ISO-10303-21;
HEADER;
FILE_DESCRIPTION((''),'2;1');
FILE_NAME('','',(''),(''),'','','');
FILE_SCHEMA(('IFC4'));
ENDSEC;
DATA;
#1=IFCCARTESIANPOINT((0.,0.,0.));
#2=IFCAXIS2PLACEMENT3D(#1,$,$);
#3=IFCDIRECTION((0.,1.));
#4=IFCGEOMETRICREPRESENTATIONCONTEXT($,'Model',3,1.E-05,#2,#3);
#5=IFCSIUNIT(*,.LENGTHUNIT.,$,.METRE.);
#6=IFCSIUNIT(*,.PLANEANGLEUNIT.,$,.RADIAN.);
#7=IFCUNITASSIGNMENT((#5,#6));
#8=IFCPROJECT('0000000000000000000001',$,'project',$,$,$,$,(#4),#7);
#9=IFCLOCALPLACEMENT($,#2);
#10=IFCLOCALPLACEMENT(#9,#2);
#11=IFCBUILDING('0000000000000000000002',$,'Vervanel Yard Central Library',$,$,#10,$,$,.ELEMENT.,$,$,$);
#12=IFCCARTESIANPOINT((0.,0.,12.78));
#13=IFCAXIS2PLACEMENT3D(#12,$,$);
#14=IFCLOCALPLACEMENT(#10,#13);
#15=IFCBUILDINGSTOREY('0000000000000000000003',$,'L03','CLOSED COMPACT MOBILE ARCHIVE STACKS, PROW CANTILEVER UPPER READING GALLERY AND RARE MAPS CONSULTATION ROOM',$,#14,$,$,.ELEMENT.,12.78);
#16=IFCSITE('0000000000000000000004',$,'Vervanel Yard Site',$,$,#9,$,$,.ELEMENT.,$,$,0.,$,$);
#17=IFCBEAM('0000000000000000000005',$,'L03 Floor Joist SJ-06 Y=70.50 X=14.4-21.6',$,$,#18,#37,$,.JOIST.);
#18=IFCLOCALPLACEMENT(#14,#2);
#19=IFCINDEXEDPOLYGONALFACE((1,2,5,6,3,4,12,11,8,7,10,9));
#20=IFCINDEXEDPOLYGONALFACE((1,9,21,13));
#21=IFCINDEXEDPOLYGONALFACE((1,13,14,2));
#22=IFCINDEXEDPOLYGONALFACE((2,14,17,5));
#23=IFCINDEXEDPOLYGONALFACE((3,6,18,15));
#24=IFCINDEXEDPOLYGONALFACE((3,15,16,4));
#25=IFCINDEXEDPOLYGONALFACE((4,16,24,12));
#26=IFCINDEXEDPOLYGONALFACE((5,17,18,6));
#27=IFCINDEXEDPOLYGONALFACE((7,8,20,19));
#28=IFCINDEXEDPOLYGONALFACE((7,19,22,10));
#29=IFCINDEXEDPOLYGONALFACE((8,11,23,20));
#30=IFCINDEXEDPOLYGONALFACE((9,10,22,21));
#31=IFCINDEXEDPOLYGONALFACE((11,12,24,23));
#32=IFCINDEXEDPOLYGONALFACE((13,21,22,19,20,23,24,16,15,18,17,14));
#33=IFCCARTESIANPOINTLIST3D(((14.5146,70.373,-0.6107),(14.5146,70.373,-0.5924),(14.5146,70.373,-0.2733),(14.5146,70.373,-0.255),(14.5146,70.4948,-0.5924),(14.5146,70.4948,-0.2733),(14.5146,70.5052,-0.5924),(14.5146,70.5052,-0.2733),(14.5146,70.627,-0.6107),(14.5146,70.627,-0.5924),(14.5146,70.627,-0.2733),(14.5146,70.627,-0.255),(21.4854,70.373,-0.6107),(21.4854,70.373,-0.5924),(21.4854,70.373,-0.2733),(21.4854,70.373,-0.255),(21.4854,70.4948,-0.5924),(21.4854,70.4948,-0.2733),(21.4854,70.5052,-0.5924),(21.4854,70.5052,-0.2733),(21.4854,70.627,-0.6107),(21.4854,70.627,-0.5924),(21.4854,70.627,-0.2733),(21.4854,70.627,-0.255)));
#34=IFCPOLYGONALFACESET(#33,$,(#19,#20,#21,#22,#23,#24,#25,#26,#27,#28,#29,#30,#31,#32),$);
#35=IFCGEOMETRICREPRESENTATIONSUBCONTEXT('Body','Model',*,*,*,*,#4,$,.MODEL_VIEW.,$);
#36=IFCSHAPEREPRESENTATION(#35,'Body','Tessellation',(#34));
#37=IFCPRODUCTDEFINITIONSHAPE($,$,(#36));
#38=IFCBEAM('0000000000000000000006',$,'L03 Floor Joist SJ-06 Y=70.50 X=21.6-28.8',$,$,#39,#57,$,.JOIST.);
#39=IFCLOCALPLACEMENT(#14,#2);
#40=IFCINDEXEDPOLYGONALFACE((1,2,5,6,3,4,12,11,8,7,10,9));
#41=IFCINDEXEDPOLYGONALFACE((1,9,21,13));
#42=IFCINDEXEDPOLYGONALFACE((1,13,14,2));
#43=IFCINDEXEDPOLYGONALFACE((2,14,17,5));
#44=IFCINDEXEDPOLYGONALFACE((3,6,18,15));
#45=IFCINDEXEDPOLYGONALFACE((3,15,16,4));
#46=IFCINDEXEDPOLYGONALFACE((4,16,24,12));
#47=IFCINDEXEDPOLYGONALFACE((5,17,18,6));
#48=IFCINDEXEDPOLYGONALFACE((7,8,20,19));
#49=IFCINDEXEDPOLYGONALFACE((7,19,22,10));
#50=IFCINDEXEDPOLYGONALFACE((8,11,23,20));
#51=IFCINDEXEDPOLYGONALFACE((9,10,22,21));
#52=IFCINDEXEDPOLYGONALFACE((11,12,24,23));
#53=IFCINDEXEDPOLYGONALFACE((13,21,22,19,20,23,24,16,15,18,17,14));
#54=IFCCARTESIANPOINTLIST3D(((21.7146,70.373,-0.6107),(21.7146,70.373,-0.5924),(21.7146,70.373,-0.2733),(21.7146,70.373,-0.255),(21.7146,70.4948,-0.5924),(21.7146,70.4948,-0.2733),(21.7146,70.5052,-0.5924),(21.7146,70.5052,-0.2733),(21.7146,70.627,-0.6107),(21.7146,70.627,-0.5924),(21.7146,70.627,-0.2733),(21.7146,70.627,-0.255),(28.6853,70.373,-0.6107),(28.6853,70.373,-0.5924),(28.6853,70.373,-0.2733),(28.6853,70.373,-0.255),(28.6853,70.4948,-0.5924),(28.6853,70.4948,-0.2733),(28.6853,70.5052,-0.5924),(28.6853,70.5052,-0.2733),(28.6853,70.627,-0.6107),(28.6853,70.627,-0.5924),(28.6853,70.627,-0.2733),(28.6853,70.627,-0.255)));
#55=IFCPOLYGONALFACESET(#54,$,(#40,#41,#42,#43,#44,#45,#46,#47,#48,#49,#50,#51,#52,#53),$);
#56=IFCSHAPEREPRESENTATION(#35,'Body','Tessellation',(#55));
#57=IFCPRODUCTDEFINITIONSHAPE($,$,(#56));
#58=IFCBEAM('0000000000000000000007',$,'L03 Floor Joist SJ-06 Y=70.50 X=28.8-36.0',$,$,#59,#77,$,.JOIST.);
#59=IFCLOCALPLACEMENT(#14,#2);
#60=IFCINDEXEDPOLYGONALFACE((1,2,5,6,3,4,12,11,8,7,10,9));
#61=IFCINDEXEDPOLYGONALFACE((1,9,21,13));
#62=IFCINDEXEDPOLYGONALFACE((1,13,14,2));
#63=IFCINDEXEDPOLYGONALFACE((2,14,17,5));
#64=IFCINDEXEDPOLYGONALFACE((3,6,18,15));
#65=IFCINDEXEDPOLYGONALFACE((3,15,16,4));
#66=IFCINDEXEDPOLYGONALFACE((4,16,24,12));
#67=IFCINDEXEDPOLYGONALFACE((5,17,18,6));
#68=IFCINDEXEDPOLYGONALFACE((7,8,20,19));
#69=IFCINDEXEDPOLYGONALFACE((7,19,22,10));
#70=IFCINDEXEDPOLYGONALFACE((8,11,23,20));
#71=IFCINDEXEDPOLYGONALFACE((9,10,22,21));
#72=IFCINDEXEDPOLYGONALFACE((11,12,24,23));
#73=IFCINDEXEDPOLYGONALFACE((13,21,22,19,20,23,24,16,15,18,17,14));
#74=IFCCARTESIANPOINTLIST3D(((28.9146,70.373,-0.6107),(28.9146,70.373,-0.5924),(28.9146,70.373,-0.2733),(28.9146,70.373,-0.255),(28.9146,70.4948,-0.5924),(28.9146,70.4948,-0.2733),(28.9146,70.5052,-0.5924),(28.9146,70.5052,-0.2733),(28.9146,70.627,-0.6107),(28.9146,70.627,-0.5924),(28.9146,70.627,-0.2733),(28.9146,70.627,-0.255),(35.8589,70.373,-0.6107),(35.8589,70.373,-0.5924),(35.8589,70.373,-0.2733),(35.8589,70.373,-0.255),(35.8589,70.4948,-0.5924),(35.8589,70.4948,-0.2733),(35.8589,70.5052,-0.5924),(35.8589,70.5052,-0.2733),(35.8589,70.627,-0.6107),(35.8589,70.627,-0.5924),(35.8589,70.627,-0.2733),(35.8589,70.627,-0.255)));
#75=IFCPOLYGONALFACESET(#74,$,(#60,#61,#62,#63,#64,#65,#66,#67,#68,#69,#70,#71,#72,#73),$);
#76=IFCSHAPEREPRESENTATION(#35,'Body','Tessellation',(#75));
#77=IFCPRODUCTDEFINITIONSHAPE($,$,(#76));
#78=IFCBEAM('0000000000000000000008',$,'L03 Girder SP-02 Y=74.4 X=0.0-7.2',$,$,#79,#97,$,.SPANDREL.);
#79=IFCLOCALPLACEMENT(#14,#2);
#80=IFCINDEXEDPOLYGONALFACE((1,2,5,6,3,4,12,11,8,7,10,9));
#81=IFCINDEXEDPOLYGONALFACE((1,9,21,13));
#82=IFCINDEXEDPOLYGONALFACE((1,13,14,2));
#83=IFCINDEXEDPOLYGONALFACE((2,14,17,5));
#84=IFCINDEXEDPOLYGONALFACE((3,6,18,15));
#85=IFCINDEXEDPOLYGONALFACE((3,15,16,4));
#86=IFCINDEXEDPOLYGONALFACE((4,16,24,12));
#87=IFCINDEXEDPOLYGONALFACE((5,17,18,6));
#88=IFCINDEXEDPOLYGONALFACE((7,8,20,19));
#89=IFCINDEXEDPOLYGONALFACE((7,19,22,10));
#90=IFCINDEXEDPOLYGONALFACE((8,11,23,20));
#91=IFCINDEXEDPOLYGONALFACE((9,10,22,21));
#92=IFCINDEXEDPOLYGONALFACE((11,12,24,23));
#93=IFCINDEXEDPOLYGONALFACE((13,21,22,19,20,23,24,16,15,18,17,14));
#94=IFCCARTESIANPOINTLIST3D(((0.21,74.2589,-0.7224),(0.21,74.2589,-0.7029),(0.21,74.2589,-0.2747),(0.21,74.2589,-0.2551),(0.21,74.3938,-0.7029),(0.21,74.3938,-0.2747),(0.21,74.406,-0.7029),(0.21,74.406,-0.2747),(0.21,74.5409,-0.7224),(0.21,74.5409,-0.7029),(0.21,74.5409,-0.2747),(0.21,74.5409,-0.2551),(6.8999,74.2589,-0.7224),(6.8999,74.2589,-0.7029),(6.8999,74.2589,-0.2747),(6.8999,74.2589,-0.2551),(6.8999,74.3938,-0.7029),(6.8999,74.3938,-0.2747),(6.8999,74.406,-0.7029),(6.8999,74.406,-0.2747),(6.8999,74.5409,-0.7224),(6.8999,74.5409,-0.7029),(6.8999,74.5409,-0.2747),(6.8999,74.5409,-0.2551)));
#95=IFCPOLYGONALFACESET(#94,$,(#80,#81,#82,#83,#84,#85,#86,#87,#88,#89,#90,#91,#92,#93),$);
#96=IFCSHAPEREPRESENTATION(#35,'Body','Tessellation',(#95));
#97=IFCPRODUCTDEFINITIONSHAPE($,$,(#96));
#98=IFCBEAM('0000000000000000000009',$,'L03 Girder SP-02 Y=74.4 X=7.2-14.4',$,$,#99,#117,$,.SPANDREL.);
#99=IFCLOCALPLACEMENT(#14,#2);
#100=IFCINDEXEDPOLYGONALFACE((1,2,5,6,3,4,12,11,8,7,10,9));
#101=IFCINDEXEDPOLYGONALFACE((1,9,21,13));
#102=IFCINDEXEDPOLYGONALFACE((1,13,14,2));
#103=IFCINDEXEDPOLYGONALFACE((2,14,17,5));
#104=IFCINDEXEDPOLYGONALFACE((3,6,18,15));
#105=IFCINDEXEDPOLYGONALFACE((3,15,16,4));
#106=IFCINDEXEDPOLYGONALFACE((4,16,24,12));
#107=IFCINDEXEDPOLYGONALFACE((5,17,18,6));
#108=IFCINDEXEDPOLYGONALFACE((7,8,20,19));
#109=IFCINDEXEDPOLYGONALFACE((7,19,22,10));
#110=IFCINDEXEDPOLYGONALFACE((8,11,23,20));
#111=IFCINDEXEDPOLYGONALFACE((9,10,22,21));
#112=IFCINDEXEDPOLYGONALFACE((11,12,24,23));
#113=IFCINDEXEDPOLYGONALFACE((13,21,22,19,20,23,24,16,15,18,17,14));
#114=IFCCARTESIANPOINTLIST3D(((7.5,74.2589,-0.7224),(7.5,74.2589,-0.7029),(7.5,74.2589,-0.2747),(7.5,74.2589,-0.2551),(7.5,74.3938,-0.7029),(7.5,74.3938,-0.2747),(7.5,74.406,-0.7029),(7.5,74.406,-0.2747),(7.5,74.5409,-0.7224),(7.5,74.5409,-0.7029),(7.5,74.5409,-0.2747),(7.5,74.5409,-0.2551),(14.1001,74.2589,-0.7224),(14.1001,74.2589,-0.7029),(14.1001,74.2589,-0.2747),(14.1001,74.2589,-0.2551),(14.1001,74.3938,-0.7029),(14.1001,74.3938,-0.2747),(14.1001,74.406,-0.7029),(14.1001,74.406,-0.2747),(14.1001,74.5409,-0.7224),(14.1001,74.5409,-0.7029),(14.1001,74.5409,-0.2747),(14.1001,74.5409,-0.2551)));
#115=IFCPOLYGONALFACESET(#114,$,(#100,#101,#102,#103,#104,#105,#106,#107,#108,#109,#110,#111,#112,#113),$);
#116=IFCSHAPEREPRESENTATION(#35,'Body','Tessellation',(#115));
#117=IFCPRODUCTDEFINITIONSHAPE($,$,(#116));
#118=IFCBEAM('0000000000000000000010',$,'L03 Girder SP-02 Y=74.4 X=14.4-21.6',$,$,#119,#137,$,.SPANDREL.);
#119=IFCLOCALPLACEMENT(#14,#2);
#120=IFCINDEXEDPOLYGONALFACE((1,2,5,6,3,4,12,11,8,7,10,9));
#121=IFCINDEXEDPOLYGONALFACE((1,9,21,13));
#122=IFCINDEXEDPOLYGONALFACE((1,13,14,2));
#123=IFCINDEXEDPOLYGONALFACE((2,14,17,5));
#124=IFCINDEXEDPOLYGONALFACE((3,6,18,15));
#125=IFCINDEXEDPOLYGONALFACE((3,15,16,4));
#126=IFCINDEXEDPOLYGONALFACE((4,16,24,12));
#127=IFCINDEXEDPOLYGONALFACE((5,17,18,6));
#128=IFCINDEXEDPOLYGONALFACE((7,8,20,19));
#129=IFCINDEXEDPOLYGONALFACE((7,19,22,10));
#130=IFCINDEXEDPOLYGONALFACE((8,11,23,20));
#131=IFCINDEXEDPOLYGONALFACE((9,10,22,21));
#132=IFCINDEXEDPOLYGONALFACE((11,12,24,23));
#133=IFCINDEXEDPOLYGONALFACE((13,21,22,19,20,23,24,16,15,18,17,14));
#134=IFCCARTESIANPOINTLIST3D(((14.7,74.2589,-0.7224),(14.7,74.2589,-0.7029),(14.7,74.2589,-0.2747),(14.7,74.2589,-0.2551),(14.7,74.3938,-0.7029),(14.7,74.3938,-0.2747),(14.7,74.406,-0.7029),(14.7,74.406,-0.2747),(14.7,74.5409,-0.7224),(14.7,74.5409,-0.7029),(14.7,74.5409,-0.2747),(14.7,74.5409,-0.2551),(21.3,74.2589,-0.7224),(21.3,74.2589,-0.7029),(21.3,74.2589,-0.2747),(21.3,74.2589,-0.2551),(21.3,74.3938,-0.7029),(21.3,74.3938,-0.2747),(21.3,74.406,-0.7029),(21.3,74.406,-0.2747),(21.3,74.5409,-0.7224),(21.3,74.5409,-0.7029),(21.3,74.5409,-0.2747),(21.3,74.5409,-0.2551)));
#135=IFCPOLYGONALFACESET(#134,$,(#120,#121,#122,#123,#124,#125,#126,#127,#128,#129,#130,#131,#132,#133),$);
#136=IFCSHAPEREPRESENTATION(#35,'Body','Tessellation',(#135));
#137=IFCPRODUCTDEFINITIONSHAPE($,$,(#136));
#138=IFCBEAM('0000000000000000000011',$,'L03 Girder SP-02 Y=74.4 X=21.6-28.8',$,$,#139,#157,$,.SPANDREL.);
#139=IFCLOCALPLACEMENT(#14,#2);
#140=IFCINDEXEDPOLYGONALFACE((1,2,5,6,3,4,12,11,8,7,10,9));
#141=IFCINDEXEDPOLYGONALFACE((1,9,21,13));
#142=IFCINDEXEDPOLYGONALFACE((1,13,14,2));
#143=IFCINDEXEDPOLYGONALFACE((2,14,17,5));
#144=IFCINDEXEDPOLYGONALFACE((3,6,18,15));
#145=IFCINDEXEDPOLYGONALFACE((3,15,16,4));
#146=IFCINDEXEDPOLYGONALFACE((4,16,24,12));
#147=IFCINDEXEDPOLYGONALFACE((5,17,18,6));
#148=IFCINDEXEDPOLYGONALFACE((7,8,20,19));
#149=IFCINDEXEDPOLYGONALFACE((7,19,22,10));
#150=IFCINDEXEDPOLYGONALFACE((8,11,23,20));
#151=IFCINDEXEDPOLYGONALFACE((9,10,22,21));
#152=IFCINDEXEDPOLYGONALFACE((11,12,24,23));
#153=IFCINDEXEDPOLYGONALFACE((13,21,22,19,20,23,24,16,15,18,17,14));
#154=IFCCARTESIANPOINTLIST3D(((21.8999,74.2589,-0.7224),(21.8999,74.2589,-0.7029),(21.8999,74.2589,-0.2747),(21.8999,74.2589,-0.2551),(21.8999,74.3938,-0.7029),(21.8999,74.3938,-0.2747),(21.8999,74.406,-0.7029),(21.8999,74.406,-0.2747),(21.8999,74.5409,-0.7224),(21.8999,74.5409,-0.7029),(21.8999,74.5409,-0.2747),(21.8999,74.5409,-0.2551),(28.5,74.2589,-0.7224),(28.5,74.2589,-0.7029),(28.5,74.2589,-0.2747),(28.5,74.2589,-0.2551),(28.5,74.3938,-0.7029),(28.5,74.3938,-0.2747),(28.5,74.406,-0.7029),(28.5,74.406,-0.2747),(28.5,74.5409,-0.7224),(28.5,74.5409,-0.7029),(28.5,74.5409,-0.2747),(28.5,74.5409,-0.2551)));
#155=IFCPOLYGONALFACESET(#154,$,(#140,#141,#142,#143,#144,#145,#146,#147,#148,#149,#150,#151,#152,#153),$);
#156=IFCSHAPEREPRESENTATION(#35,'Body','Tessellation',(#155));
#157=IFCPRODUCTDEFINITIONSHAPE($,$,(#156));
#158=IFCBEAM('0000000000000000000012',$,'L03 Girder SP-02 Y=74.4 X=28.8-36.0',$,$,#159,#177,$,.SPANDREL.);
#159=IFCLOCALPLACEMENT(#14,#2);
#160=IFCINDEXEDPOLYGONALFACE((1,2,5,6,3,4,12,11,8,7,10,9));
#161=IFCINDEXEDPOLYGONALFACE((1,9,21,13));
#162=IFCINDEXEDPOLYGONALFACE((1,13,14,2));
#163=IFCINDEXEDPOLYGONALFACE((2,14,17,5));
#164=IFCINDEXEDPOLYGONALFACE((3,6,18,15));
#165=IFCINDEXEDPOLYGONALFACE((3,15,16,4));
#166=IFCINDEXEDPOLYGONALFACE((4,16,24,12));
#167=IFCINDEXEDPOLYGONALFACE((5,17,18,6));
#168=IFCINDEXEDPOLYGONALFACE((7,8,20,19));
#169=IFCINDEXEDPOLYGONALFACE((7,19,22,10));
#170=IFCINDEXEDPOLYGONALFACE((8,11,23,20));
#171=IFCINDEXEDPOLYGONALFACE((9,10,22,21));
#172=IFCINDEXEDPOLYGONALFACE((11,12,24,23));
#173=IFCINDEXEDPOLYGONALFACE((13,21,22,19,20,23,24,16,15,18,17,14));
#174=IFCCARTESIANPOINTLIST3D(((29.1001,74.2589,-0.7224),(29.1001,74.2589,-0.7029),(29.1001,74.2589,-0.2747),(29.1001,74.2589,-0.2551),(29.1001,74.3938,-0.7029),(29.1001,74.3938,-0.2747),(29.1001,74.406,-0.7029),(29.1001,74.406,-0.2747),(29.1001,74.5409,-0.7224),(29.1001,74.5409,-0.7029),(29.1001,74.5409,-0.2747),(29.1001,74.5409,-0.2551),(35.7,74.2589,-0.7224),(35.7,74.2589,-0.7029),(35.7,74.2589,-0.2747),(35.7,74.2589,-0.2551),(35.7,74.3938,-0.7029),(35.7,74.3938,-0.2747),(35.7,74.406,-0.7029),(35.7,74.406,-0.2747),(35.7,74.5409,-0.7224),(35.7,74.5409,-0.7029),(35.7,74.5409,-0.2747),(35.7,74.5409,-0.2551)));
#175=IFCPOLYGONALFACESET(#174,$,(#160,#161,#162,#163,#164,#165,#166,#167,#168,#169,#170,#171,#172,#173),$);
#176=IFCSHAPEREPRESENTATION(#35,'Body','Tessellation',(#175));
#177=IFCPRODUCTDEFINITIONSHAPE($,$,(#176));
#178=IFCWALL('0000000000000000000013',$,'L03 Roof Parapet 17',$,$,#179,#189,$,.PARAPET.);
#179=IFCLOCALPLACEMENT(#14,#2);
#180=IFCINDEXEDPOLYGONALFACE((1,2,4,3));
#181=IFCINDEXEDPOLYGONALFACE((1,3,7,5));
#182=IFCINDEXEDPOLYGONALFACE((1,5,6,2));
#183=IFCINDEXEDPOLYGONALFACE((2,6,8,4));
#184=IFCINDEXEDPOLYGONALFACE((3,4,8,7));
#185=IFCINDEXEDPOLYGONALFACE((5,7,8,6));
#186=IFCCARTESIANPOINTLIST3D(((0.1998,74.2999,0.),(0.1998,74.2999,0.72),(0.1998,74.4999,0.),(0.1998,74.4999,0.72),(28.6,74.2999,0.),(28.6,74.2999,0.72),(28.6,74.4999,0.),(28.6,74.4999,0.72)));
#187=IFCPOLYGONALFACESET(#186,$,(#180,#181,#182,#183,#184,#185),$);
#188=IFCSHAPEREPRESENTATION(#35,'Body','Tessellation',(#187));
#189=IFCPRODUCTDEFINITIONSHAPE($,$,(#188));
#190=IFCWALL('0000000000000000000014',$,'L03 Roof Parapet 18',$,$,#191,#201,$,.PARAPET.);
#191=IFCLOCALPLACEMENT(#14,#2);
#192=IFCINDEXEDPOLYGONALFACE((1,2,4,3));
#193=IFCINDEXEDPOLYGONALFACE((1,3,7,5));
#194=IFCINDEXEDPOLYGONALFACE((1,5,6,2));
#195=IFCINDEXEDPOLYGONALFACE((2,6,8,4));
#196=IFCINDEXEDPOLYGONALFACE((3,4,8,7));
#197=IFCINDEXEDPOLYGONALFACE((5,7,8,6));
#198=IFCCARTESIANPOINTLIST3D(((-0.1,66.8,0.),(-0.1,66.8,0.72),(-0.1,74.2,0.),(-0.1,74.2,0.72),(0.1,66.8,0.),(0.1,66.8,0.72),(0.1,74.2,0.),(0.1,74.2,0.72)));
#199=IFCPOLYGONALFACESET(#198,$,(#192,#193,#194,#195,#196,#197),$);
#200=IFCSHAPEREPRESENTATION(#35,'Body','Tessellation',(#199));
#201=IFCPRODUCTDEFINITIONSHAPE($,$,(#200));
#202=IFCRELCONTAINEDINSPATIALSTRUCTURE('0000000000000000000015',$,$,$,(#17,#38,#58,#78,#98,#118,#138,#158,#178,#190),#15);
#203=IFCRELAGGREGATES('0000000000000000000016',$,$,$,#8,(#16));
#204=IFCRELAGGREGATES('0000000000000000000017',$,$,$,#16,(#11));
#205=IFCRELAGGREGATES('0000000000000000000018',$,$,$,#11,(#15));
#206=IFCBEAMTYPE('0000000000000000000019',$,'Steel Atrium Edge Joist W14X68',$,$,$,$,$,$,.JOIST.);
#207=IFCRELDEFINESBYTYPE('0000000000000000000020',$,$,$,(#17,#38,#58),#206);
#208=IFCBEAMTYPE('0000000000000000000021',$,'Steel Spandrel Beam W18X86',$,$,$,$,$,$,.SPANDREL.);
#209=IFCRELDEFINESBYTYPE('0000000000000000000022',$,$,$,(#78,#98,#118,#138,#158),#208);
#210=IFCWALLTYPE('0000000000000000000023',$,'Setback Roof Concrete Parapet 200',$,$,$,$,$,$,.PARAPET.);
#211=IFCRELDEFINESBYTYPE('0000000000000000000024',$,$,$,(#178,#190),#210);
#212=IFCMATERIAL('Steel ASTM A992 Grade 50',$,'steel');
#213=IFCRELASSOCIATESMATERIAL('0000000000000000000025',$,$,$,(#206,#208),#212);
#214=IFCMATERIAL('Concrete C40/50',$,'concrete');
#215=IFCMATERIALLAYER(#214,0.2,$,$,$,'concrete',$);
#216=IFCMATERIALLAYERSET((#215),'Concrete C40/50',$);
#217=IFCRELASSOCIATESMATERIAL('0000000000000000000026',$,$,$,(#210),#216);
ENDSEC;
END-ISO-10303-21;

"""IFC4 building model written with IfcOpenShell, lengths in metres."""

from ifc_helpers import new_model, si_unit, direction, frame, frame_2d, origin, origin_2d, place, context, subcontext, project, spatial, rectangle, i_section, extrude, material, layer, layer_set, material_profile, profile_set, type_object, element, save


model = new_model("IFC4")

# Units and contexts
model_context = context("Model", 3, precision=1e-05, world=origin(), true_north=direction((0.0, 1.0)))
body_context = subcontext(model_context, "Body", "Model", "MODEL_VIEW")
ifc_project = project(units=[si_unit("LENGTHUNIT", "METRE"), si_unit("PLANEANGLEUNIT", "RADIAN")], contexts=[model_context])

# Site, building, storey
site_placement = place(None, origin())
site = spatial("IfcSite", under=ifc_project, at=site_placement, Name="Vervanel Yard Site", CompositionType="ELEMENT", RefElevation=0.0)
building_placement = place(site_placement, origin())
building = spatial("IfcBuilding", under=site, at=building_placement, Name="Vervanel Yard Central Library", CompositionType="ELEMENT")
storey_placement = place(building_placement, frame((0.0, 0.0, 12.78)))
storey = spatial("IfcBuildingStorey", under=building, at=storey_placement, Name="L03", Description="CLOSED COMPACT MOBILE ARCHIVE STACKS, PROW CANTILEVER UPPER READING GALLERY AND RARE MAPS CONSULTATION ROOM", CompositionType="ELEMENT", Elevation=12.78)

# Beams
ifc_material_1 = material(Name="Steel ASTM A992 Grade 50", Category="steel")
ifc_material_profile_1 = material_profile(ifc_material_1, i_section(OverallWidth=0.2539, OverallDepth=0.3557, WebThickness=0.0105, FlangeThickness=0.0183, at=origin_2d()), Name="W14X68", Category="steel")
ifc_profile_set_1 = profile_set([ifc_material_profile_1], Name="Steel ASTM A992 Grade 50")
beam_type_1 = type_object("IfcBeamType", Name="Steel Atrium Edge Joist W14X68", PredefinedType="JOIST", material=ifc_profile_set_1)
for number, where, z_axis, x_axis, name in (
    (1, (14.5146, 70.5, -0.4329), (1.0, 0.0, 0.0), (0.0, 1.0, 0.0), "L03 Floor Joist SJ-06 Y=70.50 X=14.4-21.6"),
    (2, (21.7146, 70.5, -0.4329), (1.0, 0.0, 0.0), (0.0, 1.0, 0.0), "L03 Floor Joist SJ-06 Y=70.50 X=21.6-28.8"),
):
    element("IfcBeam", number, at=place(storey_placement, frame(where, z_axis=z_axis, x_axis=x_axis)), inside=storey, type_object=beam_type_1, Name=name, PredefinedType="JOIST", context=body_context, shape_type="SweptSolid", body=[
        extrude(i_section(OverallWidth=0.2539, OverallDepth=0.3557, WebThickness=0.0105, FlangeThickness=0.0183, at=origin_2d()), origin(), (0.0, 0.0, 1.0), 6.9707),
    ])
beam_1_placement = place(storey_placement, frame((28.9146, 70.5, -0.4329), z_axis=(1.0, 0.0, 0.0), x_axis=(0.0, 1.0, 0.0)))
element("IfcBeam", 3, at=beam_1_placement, inside=storey, type_object=beam_type_1, Name="L03 Floor Joist SJ-06 Y=70.50 X=28.8-36.0", PredefinedType="JOIST", context=body_context, shape_type="SweptSolid", body=[
    extrude(i_section(OverallWidth=0.2539, OverallDepth=0.3557, WebThickness=0.0105, FlangeThickness=0.0183, at=origin_2d()), origin(), (0.0, 0.0, 1.0), 6.9443),
])
ifc_material_profile_2 = material_profile(ifc_material_1, i_section(OverallWidth=0.282, OverallDepth=0.4673, WebThickness=0.0122, FlangeThickness=0.0195, at=origin_2d()), Name="W18X86", Category="steel")
ifc_profile_set_2 = profile_set([ifc_material_profile_2], Name="Steel ASTM A992 Grade 50")
beam_type_2 = type_object("IfcBeamType", Name="Steel Spandrel Beam W18X86", PredefinedType="SPANDREL", material=ifc_profile_set_2)
beam_2_placement = place(storey_placement, frame((0.21, 74.3999, -0.4888), z_axis=(1.0, 0.0, 0.0), x_axis=(0.0, 1.0, 0.0)))
element("IfcBeam", 4, at=beam_2_placement, inside=storey, type_object=beam_type_2, Name="L03 Girder SP-02 Y=74.4 X=0.0-7.2", PredefinedType="SPANDREL", context=body_context, shape_type="SweptSolid", body=[
    extrude(i_section(OverallWidth=0.282, OverallDepth=0.4673, WebThickness=0.0122, FlangeThickness=0.0195, at=origin_2d()), origin(), (0.0, 0.0, 1.0), 6.6899),
])
for number, where, z_axis, x_axis, name in (
    (5, (7.5, 74.3999, -0.4888), (1.0, 0.0, 0.0), (0.0, 1.0, 0.0), "L03 Girder SP-02 Y=74.4 X=7.2-14.4"),
    (6, (14.7, 74.3999, -0.4888), (1.0, 0.0, 0.0), (0.0, 1.0, 0.0), "L03 Girder SP-02 Y=74.4 X=14.4-21.6"),
    (7, (21.8999, 74.3999, -0.4888), (1.0, 0.0, 0.0), (0.0, 1.0, 0.0), "L03 Girder SP-02 Y=74.4 X=21.6-28.8"),
):
    element("IfcBeam", number, at=place(storey_placement, frame(where, z_axis=z_axis, x_axis=x_axis)), inside=storey, type_object=beam_type_2, Name=name, PredefinedType="SPANDREL", context=body_context, shape_type="SweptSolid", body=[
        extrude(i_section(OverallWidth=0.282, OverallDepth=0.4673, WebThickness=0.0122, FlangeThickness=0.0195, at=origin_2d()), origin(), (0.0, 0.0, 1.0), 6.6001),
    ])
beam_3_placement = place(storey_placement, frame((29.1001, 74.3999, -0.4888), z_axis=(1.0, 0.0, 0.0), x_axis=(0.0, 1.0, 0.0)))
element("IfcBeam", 8, at=beam_3_placement, inside=storey, type_object=beam_type_2, Name="L03 Girder SP-02 Y=74.4 X=28.8-36.0", PredefinedType="SPANDREL", context=body_context, shape_type="SweptSolid", body=[
    extrude(i_section(OverallWidth=0.282, OverallDepth=0.4673, WebThickness=0.0122, FlangeThickness=0.0195, at=origin_2d()), origin(), (0.0, 0.0, 1.0), 6.5999),
])

# Walls
ifc_material_2 = material(Name="Concrete C40/50", Category="concrete")
ifc_layer_1 = layer(ifc_material_2, 0.2, Category="concrete")
ifc_layer_set_1 = layer_set([ifc_layer_1], Name="Concrete C40/50")
wall_type = type_object("IfcWallType", Name="Setback Roof Concrete Parapet 200", PredefinedType="PARAPET", material=ifc_layer_set_1)
wall_1_placement = place(storey_placement, frame((28.6001, 74.3999, 0.0), z_axis=(0.0, 0.0, 1.0), x_axis=(-1.0, 0.0, 0.0)))
element("IfcWall", 9, at=wall_1_placement, inside=storey, type_object=wall_type, Name="L03 Roof Parapet 17", PredefinedType="PARAPET", context=body_context, shape_type="SweptSolid", body=[
    extrude(rectangle(XDim=28.4001, YDim=0.2, at=frame_2d((14.2002, 0.0))), origin(), (0.0, 0.0, 1.0), 0.72),
])
wall_2_placement = place(storey_placement, frame((0.0, 74.2, 0.0), z_axis=(0.0, 0.0, 1.0), x_axis=(0.0, -1.0, 0.0)))
element("IfcWall", 10, at=wall_2_placement, inside=storey, type_object=wall_type, Name="L03 Roof Parapet 18", PredefinedType="PARAPET", context=body_context, shape_type="SweptSolid", body=[
    extrude(rectangle(XDim=7.3999, YDim=0.2, at=frame_2d((3.7, 0.0))), origin(), (0.0, 0.0, 1.0), 0.72),
])

save(model, "model.ifc")
